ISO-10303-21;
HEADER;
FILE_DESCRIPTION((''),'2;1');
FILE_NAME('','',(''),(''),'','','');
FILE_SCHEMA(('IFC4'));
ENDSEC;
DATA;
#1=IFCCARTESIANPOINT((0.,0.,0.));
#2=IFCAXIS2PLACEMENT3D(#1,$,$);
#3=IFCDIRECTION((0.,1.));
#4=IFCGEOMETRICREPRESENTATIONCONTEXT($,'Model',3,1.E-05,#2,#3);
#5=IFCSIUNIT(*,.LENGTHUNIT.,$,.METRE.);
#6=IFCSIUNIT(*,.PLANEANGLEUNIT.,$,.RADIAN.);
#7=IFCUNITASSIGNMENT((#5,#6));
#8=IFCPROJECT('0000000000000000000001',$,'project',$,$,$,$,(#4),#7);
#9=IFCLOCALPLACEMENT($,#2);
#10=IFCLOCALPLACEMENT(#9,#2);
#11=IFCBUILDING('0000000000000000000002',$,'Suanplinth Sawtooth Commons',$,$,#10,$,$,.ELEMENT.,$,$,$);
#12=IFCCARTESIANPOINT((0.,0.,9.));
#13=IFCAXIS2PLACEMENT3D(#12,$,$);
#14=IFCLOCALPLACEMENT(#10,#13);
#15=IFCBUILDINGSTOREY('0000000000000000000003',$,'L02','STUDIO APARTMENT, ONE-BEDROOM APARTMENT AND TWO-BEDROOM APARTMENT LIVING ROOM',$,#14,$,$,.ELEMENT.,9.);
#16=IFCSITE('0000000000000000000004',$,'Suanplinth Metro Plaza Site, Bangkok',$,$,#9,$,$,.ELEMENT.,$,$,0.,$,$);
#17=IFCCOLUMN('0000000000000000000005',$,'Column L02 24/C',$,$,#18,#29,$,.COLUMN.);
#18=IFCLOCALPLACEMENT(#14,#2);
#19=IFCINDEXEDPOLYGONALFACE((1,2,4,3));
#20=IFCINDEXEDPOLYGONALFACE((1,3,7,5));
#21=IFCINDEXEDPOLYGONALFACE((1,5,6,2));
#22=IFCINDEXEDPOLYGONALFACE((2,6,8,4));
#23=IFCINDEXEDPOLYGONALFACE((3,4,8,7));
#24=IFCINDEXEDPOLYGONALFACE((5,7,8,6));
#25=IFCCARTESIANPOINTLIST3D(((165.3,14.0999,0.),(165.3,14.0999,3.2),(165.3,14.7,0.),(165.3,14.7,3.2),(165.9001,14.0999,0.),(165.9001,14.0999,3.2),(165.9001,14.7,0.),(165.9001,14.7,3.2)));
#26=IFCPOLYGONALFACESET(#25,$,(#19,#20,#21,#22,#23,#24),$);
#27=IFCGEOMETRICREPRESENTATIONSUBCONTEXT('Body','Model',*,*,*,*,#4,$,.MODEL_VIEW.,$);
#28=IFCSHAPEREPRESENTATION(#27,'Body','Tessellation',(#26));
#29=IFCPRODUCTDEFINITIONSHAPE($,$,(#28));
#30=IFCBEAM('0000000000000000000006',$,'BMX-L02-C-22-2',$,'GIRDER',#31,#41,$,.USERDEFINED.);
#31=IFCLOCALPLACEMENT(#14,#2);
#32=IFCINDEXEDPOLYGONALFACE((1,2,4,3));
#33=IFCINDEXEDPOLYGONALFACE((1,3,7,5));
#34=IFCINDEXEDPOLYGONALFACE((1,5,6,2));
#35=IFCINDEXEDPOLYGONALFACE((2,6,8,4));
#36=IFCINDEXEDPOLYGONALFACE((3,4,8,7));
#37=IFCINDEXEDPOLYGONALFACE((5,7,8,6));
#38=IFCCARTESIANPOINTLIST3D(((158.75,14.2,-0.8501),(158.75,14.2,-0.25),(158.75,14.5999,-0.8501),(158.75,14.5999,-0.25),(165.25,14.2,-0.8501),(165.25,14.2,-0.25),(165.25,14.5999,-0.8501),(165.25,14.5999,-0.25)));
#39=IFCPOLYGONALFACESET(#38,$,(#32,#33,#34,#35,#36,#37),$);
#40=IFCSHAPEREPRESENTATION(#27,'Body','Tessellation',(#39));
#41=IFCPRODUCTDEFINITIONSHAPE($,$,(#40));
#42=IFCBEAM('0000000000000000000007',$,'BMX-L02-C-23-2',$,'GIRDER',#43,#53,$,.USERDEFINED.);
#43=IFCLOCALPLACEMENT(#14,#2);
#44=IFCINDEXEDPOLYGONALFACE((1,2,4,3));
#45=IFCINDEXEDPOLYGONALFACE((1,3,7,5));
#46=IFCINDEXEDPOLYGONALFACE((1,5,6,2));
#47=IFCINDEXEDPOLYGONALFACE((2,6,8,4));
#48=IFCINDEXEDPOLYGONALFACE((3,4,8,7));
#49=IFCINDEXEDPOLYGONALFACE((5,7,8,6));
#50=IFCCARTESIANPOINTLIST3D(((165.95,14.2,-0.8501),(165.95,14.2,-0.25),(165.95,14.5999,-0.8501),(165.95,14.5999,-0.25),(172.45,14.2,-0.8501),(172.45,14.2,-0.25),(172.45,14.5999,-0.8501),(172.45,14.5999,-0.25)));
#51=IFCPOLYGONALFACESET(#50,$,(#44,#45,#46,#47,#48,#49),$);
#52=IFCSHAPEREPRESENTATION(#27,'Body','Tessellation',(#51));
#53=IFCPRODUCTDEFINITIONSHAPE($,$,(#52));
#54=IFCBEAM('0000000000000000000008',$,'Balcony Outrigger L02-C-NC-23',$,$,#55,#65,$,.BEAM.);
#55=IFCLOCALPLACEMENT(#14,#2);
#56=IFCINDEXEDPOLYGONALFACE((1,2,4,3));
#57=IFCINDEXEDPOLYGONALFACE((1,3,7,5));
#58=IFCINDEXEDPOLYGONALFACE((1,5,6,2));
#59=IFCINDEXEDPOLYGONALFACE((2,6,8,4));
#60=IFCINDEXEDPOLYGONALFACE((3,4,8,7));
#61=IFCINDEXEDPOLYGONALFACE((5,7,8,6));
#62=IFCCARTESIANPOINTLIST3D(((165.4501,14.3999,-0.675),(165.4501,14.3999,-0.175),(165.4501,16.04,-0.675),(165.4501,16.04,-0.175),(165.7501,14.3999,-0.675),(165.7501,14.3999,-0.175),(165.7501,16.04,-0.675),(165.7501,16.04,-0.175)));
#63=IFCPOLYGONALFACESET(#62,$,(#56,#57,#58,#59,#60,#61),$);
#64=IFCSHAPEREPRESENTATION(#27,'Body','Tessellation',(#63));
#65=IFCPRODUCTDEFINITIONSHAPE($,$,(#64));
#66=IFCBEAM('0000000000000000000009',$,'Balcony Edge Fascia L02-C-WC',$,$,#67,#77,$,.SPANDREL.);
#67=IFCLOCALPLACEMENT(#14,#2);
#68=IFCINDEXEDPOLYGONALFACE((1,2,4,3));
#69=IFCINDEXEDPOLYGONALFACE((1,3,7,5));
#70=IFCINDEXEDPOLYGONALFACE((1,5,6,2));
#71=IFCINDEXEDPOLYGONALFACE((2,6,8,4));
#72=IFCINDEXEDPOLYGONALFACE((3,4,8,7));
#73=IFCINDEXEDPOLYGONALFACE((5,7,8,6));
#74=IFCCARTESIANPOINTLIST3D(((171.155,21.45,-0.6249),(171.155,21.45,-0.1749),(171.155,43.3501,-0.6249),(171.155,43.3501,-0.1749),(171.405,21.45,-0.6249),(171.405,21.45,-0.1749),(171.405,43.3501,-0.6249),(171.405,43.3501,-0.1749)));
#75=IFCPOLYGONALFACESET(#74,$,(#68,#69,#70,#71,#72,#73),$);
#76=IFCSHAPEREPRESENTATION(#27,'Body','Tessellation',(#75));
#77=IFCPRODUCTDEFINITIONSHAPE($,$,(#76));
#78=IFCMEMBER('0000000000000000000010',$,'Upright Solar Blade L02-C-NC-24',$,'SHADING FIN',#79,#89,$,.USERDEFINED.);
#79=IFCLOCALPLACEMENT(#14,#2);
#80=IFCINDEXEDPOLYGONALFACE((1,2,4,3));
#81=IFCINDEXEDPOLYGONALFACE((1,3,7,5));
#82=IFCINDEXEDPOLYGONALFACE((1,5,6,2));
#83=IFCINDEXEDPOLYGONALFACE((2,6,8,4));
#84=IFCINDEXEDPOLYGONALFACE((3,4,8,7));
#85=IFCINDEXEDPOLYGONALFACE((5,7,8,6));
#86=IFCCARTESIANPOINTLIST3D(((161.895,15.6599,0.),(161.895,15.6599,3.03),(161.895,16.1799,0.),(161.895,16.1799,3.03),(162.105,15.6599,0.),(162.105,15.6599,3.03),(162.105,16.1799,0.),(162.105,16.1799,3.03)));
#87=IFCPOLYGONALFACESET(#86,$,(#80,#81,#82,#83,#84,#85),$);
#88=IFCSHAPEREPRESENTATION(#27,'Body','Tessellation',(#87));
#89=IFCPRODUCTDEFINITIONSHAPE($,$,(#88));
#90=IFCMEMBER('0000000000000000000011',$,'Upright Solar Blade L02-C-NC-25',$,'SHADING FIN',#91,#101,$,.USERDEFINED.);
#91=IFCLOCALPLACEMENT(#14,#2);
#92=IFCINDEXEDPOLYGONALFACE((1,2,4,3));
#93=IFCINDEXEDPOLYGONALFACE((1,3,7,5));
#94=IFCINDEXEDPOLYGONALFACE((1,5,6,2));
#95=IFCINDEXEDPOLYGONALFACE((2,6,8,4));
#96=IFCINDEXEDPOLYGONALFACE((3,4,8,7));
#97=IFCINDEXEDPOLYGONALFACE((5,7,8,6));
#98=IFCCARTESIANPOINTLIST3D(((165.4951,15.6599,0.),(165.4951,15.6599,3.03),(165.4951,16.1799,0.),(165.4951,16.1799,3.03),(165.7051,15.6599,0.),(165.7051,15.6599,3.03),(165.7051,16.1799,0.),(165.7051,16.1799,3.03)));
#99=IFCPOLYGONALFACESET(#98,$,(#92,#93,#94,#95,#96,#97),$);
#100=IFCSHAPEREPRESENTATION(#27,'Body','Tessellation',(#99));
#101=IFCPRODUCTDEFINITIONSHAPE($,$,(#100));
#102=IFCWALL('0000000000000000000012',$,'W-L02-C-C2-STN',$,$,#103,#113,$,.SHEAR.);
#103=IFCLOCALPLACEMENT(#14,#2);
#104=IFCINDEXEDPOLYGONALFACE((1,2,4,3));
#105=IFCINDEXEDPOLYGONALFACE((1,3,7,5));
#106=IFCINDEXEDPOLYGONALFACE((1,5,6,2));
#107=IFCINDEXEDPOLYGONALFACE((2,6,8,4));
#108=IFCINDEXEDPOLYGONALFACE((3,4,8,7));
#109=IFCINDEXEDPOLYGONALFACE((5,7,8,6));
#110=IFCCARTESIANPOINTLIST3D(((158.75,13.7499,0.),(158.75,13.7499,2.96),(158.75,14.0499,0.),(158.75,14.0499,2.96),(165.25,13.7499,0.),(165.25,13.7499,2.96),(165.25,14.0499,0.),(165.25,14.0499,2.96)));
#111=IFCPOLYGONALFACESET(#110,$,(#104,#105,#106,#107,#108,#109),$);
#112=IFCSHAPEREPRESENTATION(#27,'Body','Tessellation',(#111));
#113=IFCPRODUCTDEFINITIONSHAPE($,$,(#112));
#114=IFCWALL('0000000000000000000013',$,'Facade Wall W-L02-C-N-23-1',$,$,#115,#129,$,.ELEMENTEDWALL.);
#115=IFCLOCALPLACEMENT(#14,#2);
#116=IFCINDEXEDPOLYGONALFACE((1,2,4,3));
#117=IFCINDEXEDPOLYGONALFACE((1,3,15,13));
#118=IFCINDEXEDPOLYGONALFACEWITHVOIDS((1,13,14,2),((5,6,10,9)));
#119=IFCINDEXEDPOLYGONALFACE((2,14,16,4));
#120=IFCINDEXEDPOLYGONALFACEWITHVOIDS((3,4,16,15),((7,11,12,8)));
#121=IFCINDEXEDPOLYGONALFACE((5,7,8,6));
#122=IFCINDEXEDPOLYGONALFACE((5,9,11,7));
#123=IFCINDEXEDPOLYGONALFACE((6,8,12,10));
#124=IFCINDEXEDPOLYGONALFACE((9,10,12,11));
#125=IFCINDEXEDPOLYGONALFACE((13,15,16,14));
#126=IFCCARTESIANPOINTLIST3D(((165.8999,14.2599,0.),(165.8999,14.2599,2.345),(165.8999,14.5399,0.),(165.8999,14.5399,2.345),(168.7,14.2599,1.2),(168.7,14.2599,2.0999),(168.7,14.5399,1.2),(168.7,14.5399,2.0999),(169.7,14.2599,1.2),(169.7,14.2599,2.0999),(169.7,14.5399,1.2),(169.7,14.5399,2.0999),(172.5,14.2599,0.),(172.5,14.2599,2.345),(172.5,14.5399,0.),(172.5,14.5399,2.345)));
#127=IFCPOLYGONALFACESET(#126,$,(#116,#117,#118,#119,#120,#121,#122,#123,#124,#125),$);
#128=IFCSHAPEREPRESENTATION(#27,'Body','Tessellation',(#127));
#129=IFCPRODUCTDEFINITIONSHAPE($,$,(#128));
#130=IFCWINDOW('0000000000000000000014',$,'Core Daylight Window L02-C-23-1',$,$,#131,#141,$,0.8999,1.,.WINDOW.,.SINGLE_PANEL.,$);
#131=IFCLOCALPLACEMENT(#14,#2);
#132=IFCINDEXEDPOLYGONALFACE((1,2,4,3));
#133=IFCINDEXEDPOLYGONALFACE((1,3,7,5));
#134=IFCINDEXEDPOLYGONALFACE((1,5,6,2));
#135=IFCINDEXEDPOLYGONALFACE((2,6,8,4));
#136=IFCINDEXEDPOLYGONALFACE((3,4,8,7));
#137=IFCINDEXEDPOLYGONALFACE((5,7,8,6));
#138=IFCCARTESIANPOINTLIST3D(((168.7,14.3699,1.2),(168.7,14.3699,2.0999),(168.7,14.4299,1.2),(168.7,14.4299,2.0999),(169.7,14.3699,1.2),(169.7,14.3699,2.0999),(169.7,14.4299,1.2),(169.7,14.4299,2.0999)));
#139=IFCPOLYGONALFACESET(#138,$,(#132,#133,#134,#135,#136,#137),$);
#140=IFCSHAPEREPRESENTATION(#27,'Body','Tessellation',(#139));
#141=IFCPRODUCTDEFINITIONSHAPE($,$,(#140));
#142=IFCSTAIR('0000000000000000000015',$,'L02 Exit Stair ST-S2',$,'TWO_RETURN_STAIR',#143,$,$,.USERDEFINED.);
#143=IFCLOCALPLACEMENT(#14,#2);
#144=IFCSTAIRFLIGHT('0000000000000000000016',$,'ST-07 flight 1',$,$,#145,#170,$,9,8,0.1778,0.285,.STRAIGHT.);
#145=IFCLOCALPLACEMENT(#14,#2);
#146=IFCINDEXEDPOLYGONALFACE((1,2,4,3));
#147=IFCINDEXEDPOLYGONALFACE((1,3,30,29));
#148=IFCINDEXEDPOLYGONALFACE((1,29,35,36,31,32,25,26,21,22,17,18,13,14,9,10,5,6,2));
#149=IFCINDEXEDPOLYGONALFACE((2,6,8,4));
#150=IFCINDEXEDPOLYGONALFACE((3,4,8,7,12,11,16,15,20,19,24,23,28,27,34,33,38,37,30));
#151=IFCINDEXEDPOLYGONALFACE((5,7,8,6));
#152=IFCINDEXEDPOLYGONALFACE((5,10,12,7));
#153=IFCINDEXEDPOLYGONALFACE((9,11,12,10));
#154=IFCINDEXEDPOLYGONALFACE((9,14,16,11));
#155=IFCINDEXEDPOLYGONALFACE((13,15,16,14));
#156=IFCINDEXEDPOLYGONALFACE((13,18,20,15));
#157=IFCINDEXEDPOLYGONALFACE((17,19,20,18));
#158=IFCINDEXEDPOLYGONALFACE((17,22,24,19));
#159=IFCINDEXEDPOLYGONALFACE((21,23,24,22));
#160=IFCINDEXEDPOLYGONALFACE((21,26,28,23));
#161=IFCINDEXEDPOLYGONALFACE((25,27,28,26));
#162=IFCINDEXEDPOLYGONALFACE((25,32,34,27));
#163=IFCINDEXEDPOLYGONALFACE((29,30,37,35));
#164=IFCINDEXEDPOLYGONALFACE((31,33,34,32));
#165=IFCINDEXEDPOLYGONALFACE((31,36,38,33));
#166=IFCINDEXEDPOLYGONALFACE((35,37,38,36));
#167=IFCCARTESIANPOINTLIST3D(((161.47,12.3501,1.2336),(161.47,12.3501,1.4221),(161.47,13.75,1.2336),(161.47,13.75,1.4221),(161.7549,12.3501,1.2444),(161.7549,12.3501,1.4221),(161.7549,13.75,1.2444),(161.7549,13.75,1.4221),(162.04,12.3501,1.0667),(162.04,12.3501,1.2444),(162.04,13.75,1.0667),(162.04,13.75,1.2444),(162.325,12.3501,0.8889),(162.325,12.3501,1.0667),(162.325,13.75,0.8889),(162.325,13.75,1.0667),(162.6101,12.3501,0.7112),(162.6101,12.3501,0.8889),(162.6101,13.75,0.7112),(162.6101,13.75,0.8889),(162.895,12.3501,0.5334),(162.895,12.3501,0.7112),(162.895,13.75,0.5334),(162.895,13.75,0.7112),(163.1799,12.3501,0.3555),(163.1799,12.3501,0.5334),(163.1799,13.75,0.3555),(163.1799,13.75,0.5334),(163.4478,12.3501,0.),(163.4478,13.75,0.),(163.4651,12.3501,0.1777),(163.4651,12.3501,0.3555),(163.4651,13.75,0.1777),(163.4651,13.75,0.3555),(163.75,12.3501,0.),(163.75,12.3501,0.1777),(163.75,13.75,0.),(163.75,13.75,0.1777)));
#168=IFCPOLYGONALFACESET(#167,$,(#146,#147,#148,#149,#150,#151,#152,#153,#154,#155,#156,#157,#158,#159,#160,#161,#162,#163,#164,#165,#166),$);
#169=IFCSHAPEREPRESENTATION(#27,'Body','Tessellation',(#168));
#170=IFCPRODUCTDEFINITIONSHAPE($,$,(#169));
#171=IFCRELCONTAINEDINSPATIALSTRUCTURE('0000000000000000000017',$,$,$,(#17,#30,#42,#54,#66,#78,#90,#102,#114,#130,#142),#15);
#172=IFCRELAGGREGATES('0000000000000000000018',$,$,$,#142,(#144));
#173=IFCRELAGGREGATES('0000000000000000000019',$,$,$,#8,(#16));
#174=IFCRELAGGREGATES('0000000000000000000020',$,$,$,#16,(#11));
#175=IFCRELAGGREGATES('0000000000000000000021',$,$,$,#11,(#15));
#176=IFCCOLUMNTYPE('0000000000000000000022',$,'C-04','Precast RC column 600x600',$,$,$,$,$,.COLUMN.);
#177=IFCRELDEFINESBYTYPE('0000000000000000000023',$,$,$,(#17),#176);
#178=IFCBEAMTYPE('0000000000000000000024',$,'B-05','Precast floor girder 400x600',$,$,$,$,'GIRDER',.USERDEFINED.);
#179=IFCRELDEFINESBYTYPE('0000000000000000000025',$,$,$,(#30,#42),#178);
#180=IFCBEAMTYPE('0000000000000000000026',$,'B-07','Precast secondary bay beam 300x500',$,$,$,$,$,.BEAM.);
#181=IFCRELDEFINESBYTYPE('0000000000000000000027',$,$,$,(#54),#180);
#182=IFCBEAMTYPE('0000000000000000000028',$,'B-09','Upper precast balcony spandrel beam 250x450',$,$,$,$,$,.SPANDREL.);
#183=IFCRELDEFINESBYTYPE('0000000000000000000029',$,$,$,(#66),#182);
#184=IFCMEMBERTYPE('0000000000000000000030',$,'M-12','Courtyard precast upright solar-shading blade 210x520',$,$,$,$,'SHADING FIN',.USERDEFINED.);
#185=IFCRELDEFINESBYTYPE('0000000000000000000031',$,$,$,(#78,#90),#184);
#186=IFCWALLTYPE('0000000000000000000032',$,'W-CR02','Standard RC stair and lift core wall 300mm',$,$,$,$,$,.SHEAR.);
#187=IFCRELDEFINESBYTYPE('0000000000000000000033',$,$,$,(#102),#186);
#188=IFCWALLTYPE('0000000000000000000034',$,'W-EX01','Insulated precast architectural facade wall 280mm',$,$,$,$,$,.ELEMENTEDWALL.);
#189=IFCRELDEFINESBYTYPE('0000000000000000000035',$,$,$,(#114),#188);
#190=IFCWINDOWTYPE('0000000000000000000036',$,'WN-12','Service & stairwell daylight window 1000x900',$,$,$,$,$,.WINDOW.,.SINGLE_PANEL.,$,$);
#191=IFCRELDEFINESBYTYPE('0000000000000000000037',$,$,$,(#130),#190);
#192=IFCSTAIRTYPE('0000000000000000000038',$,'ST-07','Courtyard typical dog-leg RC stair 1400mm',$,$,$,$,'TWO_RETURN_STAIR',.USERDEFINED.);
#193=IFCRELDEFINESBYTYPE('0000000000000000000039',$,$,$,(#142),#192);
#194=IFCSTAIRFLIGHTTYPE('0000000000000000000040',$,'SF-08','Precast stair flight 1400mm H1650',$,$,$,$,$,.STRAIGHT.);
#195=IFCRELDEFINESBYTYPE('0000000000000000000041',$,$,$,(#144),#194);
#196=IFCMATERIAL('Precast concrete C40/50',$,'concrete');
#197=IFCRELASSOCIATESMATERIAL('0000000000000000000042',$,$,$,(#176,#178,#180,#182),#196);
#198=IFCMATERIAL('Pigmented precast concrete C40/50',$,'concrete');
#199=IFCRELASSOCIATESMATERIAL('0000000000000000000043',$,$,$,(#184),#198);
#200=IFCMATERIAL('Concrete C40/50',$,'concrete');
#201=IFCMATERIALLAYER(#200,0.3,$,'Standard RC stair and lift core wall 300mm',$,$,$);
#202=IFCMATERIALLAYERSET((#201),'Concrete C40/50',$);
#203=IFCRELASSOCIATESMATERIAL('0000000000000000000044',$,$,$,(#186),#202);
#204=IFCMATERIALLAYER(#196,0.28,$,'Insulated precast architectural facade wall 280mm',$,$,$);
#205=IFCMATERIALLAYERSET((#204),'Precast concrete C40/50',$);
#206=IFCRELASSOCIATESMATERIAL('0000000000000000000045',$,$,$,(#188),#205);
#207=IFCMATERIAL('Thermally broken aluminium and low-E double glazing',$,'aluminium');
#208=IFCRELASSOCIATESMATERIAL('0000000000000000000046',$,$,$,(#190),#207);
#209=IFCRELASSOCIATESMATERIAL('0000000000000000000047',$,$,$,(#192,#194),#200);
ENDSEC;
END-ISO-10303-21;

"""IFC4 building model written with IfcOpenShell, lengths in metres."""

from ifc_helpers import new_model, si_unit, direction, frame, frame_2d, origin, origin_2d, place, context, subcontext, project, spatial, polyline, rectangle, outline, extrude, material, layer, layer_set, material_profile, profile_set, type_object, element, fill, aggregate, save


model = new_model("IFC4")

# Units and contexts
model_context = context("Model", 3, precision=1e-05, world=origin(), true_north=direction((0.0, 1.0)))
body_context = subcontext(model_context, "Body", "Model", "MODEL_VIEW")
ifc_project = project(units=[si_unit("LENGTHUNIT", "METRE"), si_unit("PLANEANGLEUNIT", "RADIAN")], contexts=[model_context])

# Site, building, storey
site_placement = place(None, origin())
site = spatial("IfcSite", under=ifc_project, at=site_placement, Name="Suanplinth Metro Plaza Site, Bangkok", CompositionType="ELEMENT", RefElevation=0.0)
building_placement = place(site_placement, origin())
building = spatial("IfcBuilding", under=site, at=building_placement, Name="Suanplinth Sawtooth Commons", CompositionType="ELEMENT")
storey_placement = place(building_placement, frame((0.0, 0.0, 9.0)))
storey = spatial("IfcBuildingStorey", under=building, at=storey_placement, Name="L02", Description="STUDIO APARTMENT, ONE-BEDROOM APARTMENT AND TWO-BEDROOM APARTMENT LIVING ROOM", CompositionType="ELEMENT", Elevation=9.0)

# Column
ifc_material_1 = material(Name="Precast concrete C40/50", Category="concrete")
ifc_material_profile_1 = material_profile(ifc_material_1, rectangle(XDim=0.6001, YDim=0.6001, at=origin_2d()), Name="PC-COL 600x600")
ifc_profile_set_1 = profile_set([ifc_material_profile_1], Name="Precast concrete C40/50")
column_type = type_object("IfcColumnType", Name="C-04", Description="Precast RC column 600x600", PredefinedType="COLUMN", material=ifc_profile_set_1)
column_placement = place(storey_placement, frame((165.6001, 14.3999, 0.0), z_axis=(0.0, 0.0, 1.0), x_axis=(1.0, 0.0, 0.0)))
element("IfcColumn", 1, at=column_placement, inside=storey, type_object=column_type, Name="Column L02 24/C", PredefinedType="COLUMN", context=body_context, shape_type="SweptSolid", body=[
    extrude(rectangle(XDim=0.6001, YDim=0.6001, at=origin_2d()), origin(), (0.0, 0.0, 1.0), 3.2),
])

# Beams
ifc_material_profile_2 = material_profile(ifc_material_1, rectangle(XDim=0.3999, YDim=0.6001, at=origin_2d()), Name="PC-GDR 400x600")
ifc_profile_set_2 = profile_set([ifc_material_profile_2], Name="Precast concrete C40/50")
beam_type_1 = type_object("IfcBeamType", Name="B-05", Description="Precast floor girder 400x600", ElementType="GIRDER", PredefinedType="USERDEFINED", material=ifc_profile_set_2)
for number, where, z_axis, x_axis, name in (
    (2, (158.75, 14.3999, -0.55), (1.0, 0.0, 0.0), (0.0, 1.0, 0.0), "BMX-L02-C-22-2"),
    (3, (165.95, 14.3999, -0.55), (1.0, 0.0, 0.0), (0.0, 1.0, 0.0), "BMX-L02-C-23-2"),
):
    element("IfcBeam", number, at=place(storey_placement, frame(where, z_axis=z_axis, x_axis=x_axis)), inside=storey, type_object=beam_type_1, Name=name, ObjectType="GIRDER", PredefinedType="USERDEFINED", context=body_context, shape_type="SweptSolid", body=[
        extrude(rectangle(XDim=0.3999, YDim=0.6001, at=origin_2d()), origin(), (0.0, 0.0, 1.0), 6.5),
    ])
ifc_material_profile_3 = material_profile(ifc_material_1, rectangle(XDim=0.3, YDim=0.5, at=origin_2d()), Name="PC-BM 300x500")
ifc_profile_set_3 = profile_set([ifc_material_profile_3], Name="Precast concrete C40/50")
beam_type_2 = type_object("IfcBeamType", Name="B-07", Description="Precast secondary bay beam 300x500", PredefinedType="BEAM", material=ifc_profile_set_3)
beam_1_placement = place(storey_placement, frame((165.6001, 14.3999, -0.425), z_axis=(0.0, 1.0, 0.0), x_axis=(-1.0, 0.0, 0.0)))
element("IfcBeam", 4, at=beam_1_placement, inside=storey, type_object=beam_type_2, Name="Balcony Outrigger L02-C-NC-23", PredefinedType="BEAM", context=body_context, shape_type="SweptSolid", body=[
    extrude(rectangle(XDim=0.3, YDim=0.5, at=origin_2d()), origin(), (0.0, 0.0, 1.0), 1.6401),
])
ifc_material_profile_4 = material_profile(ifc_material_1, rectangle(XDim=0.25, YDim=0.45, at=origin_2d()), Name="PC-SP 250x450")
ifc_profile_set_4 = profile_set([ifc_material_profile_4], Name="Precast concrete C40/50")
beam_type_3 = type_object("IfcBeamType", Name="B-09", Description="Upper precast balcony spandrel beam 250x450", PredefinedType="SPANDREL", material=ifc_profile_set_4)
beam_2_placement = place(storey_placement, frame((171.28, 21.45, -0.3999), z_axis=(0.0, 1.0, 0.0), x_axis=(-1.0, 0.0, 0.0)))
element("IfcBeam", 5, at=beam_2_placement, inside=storey, type_object=beam_type_3, Name="Balcony Edge Fascia L02-C-WC", PredefinedType="SPANDREL", context=body_context, shape_type="SweptSolid", body=[
    extrude(rectangle(XDim=0.25, YDim=0.45, at=origin_2d()), origin(), (0.0, 0.0, 1.0), 21.9001),
])

# Members
ifc_material_2 = material(Name="Pigmented precast concrete C40/50", Category="concrete")
ifc_material_profile_5 = material_profile(ifc_material_2, rectangle(XDim=0.21, YDim=0.52, at=origin_2d()), Name="PC-FIN 210x520")
ifc_profile_set_5 = profile_set([ifc_material_profile_5], Name="Pigmented precast concrete C40/50")
member_type = type_object("IfcMemberType", Name="M-12", Description="Courtyard precast upright solar-shading blade 210x520", ElementType="SHADING FIN", PredefinedType="USERDEFINED", material=ifc_profile_set_5)
for number, where, z_axis, x_axis, name in (
    (6, (162.0, 15.9199, 0.0), (0.0, 0.0, 1.0), (1.0, 0.0, 0.0), "Upright Solar Blade L02-C-NC-24"),
    (7, (165.6001, 15.9199, 0.0), (0.0, 0.0, 1.0), (1.0, 0.0, 0.0), "Upright Solar Blade L02-C-NC-25"),
):
    element("IfcMember", number, at=place(storey_placement, frame(where, z_axis=z_axis, x_axis=x_axis)), inside=storey, type_object=member_type, Name=name, ObjectType="SHADING FIN", PredefinedType="USERDEFINED", context=body_context, shape_type="SweptSolid", body=[
        extrude(rectangle(XDim=0.21, YDim=0.52, at=origin_2d()), origin(), (0.0, 0.0, 1.0), 3.03),
    ])

# Wall
ifc_material_3 = material(Name="Concrete C40/50", Category="concrete")
ifc_layer_1 = layer(ifc_material_3, 0.3, Name="Standard RC stair and lift core wall 300mm")
ifc_layer_set_1 = layer_set([ifc_layer_1], Name="Concrete C40/50")
wall_type_1 = type_object("IfcWallType", Name="W-CR02", Description="Standard RC stair and lift core wall 300mm", PredefinedType="SHEAR", material=ifc_layer_set_1)
wall_1_placement = place(storey_placement, frame((158.75, 13.8999, 0.0), z_axis=(0.0, 0.0, 1.0), x_axis=(1.0, 0.0, 0.0)))
element("IfcWall", 8, at=wall_1_placement, inside=storey, type_object=wall_type_1, Name="W-L02-C-C2-STN", PredefinedType="SHEAR", context=body_context, shape_type="SweptSolid", body=[
    extrude(rectangle(XDim=6.5, YDim=0.3, at=frame_2d((3.25, 0.0))), origin(), (0.0, 0.0, 1.0), 2.96),
])

# Wall, opening, window
ifc_layer_2 = layer(ifc_material_1, 0.28, Name="Insulated precast architectural facade wall 280mm")
ifc_layer_set_2 = layer_set([ifc_layer_2], Name="Precast concrete C40/50")
wall_type_2 = type_object("IfcWallType", Name="W-EX01", Description="Insulated precast architectural facade wall 280mm", PredefinedType="ELEMENTEDWALL", material=ifc_layer_set_2)
wall_2_placement = place(storey_placement, frame((165.8999, 14.3999, 0.0), z_axis=(0.0, 0.0, 1.0), x_axis=(1.0, 0.0, 0.0)))
wall_2 = element("IfcWall", 9, at=wall_2_placement, inside=storey, type_object=wall_type_2, Name="Facade Wall W-L02-C-N-23-1", PredefinedType="ELEMENTEDWALL", context=body_context, shape_type="SweptSolid", body=[
    extrude(rectangle(XDim=6.6001, YDim=0.28, at=frame_2d((3.3, 0.0))), origin(), (0.0, 0.0, 1.0), 2.345),
])
opening_placement = place(wall_2_placement, frame((2.8, 0.0, 1.2)))
opening = element("IfcOpeningElement", 10, at=opening_placement, cuts=wall_2, PredefinedType="OPENING", context=body_context, shape_type="SweptSolid", body=[
    extrude(rectangle(XDim=1.0, YDim=0.8999, at=frame_2d((0.5, 0.45))), frame((0.0, 0.1548, 0.0), z_axis=(0.0, -1.0, 0.0), x_axis=(1.0, 0.0, 0.0)), (0.0, 0.0, 1.0), 0.3098),
])
ifc_material_4 = material(Name="Thermally broken aluminium and low-E double glazing", Category="aluminium")
window_type = type_object("IfcWindowType", Name="WN-12", Description="Service & stairwell daylight window 1000x900", PartitioningType="SINGLE_PANEL", PredefinedType="WINDOW", material=ifc_material_4)
window_placement = place(opening_placement, origin())
window = element("IfcWindow", 11, at=window_placement, inside=storey, type_object=window_type, Name="Core Daylight Window L02-C-23-1", OverallHeight=0.8999, OverallWidth=1.0, PartitioningType="SINGLE_PANEL", PredefinedType="WINDOW", context=body_context, shape_type="SweptSolid", body=[
    extrude(rectangle(XDim=1.0, YDim=0.8999, at=frame_2d((0.5, 0.45))), frame((0.0, 0.03, 0.0), z_axis=(0.0, -1.0, 0.0), x_axis=(1.0, 0.0, 0.0)), (0.0, 0.0, 1.0), 0.0601),
])
fill(opening, window)

# Stair, stair flight
stair_type = type_object("IfcStairType", Name="ST-07", Description="Courtyard typical dog-leg RC stair 1400mm", ElementType="TWO_RETURN_STAIR", PredefinedType="USERDEFINED", material=ifc_material_3)
stair_placement = place(storey_placement, origin())
stair = element("IfcStair", 12, at=stair_placement, inside=storey, type_object=stair_type, Name="L02 Exit Stair ST-S2", ObjectType="TWO_RETURN_STAIR", PredefinedType="USERDEFINED")
stair_flight_type = type_object("IfcStairFlightType", Name="SF-08", Description="Precast stair flight 1400mm H1650", PredefinedType="STRAIGHT", material=ifc_material_3)
stair_flight_placement = place(storey_placement, frame((163.75, 13.05, 0.0), z_axis=(0.0, 0.0, 1.0), x_axis=(-1.0, 0.0, 0.0)))
stair_flight = element("IfcStairFlight", 13, at=stair_flight_placement, type_object=stair_flight_type, Name="ST-07 flight 1", NumberOfRisers=9, NumberOfTreads=8, PredefinedType="STRAIGHT", RiserHeight=0.1778, TreadLength=0.285, context=body_context, shape_type="SweptSolid", body=[
    extrude(outline(polyline([(0.0, 0.0), (0.0, 0.1777), (0.2849, 0.1777), (0.2849, 0.3555), (0.5701, 0.3555), (0.5701, 0.5334), (0.855, 0.5334), (0.855, 0.7112), (1.1399, 0.7112), (1.1399, 0.8889), (1.425, 0.8889), (1.425, 1.0667), (1.71, 1.0667), (1.71, 1.2444), (1.9951, 1.2444), (1.9951, 1.4221), (2.28, 1.4221), (2.28, 1.6001), (2.28, 1.2336), (0.3022, 0.0), (0.0, 0.0)])), frame((0.0, 0.7, 0.0), z_axis=(0.0, -1.0, 0.0), x_axis=(1.0, 0.0, 0.0)), (0.0, 0.0, 1.0), 1.3999),
])
aggregate(stair, [stair_flight])

save(model, "model.ifc")
